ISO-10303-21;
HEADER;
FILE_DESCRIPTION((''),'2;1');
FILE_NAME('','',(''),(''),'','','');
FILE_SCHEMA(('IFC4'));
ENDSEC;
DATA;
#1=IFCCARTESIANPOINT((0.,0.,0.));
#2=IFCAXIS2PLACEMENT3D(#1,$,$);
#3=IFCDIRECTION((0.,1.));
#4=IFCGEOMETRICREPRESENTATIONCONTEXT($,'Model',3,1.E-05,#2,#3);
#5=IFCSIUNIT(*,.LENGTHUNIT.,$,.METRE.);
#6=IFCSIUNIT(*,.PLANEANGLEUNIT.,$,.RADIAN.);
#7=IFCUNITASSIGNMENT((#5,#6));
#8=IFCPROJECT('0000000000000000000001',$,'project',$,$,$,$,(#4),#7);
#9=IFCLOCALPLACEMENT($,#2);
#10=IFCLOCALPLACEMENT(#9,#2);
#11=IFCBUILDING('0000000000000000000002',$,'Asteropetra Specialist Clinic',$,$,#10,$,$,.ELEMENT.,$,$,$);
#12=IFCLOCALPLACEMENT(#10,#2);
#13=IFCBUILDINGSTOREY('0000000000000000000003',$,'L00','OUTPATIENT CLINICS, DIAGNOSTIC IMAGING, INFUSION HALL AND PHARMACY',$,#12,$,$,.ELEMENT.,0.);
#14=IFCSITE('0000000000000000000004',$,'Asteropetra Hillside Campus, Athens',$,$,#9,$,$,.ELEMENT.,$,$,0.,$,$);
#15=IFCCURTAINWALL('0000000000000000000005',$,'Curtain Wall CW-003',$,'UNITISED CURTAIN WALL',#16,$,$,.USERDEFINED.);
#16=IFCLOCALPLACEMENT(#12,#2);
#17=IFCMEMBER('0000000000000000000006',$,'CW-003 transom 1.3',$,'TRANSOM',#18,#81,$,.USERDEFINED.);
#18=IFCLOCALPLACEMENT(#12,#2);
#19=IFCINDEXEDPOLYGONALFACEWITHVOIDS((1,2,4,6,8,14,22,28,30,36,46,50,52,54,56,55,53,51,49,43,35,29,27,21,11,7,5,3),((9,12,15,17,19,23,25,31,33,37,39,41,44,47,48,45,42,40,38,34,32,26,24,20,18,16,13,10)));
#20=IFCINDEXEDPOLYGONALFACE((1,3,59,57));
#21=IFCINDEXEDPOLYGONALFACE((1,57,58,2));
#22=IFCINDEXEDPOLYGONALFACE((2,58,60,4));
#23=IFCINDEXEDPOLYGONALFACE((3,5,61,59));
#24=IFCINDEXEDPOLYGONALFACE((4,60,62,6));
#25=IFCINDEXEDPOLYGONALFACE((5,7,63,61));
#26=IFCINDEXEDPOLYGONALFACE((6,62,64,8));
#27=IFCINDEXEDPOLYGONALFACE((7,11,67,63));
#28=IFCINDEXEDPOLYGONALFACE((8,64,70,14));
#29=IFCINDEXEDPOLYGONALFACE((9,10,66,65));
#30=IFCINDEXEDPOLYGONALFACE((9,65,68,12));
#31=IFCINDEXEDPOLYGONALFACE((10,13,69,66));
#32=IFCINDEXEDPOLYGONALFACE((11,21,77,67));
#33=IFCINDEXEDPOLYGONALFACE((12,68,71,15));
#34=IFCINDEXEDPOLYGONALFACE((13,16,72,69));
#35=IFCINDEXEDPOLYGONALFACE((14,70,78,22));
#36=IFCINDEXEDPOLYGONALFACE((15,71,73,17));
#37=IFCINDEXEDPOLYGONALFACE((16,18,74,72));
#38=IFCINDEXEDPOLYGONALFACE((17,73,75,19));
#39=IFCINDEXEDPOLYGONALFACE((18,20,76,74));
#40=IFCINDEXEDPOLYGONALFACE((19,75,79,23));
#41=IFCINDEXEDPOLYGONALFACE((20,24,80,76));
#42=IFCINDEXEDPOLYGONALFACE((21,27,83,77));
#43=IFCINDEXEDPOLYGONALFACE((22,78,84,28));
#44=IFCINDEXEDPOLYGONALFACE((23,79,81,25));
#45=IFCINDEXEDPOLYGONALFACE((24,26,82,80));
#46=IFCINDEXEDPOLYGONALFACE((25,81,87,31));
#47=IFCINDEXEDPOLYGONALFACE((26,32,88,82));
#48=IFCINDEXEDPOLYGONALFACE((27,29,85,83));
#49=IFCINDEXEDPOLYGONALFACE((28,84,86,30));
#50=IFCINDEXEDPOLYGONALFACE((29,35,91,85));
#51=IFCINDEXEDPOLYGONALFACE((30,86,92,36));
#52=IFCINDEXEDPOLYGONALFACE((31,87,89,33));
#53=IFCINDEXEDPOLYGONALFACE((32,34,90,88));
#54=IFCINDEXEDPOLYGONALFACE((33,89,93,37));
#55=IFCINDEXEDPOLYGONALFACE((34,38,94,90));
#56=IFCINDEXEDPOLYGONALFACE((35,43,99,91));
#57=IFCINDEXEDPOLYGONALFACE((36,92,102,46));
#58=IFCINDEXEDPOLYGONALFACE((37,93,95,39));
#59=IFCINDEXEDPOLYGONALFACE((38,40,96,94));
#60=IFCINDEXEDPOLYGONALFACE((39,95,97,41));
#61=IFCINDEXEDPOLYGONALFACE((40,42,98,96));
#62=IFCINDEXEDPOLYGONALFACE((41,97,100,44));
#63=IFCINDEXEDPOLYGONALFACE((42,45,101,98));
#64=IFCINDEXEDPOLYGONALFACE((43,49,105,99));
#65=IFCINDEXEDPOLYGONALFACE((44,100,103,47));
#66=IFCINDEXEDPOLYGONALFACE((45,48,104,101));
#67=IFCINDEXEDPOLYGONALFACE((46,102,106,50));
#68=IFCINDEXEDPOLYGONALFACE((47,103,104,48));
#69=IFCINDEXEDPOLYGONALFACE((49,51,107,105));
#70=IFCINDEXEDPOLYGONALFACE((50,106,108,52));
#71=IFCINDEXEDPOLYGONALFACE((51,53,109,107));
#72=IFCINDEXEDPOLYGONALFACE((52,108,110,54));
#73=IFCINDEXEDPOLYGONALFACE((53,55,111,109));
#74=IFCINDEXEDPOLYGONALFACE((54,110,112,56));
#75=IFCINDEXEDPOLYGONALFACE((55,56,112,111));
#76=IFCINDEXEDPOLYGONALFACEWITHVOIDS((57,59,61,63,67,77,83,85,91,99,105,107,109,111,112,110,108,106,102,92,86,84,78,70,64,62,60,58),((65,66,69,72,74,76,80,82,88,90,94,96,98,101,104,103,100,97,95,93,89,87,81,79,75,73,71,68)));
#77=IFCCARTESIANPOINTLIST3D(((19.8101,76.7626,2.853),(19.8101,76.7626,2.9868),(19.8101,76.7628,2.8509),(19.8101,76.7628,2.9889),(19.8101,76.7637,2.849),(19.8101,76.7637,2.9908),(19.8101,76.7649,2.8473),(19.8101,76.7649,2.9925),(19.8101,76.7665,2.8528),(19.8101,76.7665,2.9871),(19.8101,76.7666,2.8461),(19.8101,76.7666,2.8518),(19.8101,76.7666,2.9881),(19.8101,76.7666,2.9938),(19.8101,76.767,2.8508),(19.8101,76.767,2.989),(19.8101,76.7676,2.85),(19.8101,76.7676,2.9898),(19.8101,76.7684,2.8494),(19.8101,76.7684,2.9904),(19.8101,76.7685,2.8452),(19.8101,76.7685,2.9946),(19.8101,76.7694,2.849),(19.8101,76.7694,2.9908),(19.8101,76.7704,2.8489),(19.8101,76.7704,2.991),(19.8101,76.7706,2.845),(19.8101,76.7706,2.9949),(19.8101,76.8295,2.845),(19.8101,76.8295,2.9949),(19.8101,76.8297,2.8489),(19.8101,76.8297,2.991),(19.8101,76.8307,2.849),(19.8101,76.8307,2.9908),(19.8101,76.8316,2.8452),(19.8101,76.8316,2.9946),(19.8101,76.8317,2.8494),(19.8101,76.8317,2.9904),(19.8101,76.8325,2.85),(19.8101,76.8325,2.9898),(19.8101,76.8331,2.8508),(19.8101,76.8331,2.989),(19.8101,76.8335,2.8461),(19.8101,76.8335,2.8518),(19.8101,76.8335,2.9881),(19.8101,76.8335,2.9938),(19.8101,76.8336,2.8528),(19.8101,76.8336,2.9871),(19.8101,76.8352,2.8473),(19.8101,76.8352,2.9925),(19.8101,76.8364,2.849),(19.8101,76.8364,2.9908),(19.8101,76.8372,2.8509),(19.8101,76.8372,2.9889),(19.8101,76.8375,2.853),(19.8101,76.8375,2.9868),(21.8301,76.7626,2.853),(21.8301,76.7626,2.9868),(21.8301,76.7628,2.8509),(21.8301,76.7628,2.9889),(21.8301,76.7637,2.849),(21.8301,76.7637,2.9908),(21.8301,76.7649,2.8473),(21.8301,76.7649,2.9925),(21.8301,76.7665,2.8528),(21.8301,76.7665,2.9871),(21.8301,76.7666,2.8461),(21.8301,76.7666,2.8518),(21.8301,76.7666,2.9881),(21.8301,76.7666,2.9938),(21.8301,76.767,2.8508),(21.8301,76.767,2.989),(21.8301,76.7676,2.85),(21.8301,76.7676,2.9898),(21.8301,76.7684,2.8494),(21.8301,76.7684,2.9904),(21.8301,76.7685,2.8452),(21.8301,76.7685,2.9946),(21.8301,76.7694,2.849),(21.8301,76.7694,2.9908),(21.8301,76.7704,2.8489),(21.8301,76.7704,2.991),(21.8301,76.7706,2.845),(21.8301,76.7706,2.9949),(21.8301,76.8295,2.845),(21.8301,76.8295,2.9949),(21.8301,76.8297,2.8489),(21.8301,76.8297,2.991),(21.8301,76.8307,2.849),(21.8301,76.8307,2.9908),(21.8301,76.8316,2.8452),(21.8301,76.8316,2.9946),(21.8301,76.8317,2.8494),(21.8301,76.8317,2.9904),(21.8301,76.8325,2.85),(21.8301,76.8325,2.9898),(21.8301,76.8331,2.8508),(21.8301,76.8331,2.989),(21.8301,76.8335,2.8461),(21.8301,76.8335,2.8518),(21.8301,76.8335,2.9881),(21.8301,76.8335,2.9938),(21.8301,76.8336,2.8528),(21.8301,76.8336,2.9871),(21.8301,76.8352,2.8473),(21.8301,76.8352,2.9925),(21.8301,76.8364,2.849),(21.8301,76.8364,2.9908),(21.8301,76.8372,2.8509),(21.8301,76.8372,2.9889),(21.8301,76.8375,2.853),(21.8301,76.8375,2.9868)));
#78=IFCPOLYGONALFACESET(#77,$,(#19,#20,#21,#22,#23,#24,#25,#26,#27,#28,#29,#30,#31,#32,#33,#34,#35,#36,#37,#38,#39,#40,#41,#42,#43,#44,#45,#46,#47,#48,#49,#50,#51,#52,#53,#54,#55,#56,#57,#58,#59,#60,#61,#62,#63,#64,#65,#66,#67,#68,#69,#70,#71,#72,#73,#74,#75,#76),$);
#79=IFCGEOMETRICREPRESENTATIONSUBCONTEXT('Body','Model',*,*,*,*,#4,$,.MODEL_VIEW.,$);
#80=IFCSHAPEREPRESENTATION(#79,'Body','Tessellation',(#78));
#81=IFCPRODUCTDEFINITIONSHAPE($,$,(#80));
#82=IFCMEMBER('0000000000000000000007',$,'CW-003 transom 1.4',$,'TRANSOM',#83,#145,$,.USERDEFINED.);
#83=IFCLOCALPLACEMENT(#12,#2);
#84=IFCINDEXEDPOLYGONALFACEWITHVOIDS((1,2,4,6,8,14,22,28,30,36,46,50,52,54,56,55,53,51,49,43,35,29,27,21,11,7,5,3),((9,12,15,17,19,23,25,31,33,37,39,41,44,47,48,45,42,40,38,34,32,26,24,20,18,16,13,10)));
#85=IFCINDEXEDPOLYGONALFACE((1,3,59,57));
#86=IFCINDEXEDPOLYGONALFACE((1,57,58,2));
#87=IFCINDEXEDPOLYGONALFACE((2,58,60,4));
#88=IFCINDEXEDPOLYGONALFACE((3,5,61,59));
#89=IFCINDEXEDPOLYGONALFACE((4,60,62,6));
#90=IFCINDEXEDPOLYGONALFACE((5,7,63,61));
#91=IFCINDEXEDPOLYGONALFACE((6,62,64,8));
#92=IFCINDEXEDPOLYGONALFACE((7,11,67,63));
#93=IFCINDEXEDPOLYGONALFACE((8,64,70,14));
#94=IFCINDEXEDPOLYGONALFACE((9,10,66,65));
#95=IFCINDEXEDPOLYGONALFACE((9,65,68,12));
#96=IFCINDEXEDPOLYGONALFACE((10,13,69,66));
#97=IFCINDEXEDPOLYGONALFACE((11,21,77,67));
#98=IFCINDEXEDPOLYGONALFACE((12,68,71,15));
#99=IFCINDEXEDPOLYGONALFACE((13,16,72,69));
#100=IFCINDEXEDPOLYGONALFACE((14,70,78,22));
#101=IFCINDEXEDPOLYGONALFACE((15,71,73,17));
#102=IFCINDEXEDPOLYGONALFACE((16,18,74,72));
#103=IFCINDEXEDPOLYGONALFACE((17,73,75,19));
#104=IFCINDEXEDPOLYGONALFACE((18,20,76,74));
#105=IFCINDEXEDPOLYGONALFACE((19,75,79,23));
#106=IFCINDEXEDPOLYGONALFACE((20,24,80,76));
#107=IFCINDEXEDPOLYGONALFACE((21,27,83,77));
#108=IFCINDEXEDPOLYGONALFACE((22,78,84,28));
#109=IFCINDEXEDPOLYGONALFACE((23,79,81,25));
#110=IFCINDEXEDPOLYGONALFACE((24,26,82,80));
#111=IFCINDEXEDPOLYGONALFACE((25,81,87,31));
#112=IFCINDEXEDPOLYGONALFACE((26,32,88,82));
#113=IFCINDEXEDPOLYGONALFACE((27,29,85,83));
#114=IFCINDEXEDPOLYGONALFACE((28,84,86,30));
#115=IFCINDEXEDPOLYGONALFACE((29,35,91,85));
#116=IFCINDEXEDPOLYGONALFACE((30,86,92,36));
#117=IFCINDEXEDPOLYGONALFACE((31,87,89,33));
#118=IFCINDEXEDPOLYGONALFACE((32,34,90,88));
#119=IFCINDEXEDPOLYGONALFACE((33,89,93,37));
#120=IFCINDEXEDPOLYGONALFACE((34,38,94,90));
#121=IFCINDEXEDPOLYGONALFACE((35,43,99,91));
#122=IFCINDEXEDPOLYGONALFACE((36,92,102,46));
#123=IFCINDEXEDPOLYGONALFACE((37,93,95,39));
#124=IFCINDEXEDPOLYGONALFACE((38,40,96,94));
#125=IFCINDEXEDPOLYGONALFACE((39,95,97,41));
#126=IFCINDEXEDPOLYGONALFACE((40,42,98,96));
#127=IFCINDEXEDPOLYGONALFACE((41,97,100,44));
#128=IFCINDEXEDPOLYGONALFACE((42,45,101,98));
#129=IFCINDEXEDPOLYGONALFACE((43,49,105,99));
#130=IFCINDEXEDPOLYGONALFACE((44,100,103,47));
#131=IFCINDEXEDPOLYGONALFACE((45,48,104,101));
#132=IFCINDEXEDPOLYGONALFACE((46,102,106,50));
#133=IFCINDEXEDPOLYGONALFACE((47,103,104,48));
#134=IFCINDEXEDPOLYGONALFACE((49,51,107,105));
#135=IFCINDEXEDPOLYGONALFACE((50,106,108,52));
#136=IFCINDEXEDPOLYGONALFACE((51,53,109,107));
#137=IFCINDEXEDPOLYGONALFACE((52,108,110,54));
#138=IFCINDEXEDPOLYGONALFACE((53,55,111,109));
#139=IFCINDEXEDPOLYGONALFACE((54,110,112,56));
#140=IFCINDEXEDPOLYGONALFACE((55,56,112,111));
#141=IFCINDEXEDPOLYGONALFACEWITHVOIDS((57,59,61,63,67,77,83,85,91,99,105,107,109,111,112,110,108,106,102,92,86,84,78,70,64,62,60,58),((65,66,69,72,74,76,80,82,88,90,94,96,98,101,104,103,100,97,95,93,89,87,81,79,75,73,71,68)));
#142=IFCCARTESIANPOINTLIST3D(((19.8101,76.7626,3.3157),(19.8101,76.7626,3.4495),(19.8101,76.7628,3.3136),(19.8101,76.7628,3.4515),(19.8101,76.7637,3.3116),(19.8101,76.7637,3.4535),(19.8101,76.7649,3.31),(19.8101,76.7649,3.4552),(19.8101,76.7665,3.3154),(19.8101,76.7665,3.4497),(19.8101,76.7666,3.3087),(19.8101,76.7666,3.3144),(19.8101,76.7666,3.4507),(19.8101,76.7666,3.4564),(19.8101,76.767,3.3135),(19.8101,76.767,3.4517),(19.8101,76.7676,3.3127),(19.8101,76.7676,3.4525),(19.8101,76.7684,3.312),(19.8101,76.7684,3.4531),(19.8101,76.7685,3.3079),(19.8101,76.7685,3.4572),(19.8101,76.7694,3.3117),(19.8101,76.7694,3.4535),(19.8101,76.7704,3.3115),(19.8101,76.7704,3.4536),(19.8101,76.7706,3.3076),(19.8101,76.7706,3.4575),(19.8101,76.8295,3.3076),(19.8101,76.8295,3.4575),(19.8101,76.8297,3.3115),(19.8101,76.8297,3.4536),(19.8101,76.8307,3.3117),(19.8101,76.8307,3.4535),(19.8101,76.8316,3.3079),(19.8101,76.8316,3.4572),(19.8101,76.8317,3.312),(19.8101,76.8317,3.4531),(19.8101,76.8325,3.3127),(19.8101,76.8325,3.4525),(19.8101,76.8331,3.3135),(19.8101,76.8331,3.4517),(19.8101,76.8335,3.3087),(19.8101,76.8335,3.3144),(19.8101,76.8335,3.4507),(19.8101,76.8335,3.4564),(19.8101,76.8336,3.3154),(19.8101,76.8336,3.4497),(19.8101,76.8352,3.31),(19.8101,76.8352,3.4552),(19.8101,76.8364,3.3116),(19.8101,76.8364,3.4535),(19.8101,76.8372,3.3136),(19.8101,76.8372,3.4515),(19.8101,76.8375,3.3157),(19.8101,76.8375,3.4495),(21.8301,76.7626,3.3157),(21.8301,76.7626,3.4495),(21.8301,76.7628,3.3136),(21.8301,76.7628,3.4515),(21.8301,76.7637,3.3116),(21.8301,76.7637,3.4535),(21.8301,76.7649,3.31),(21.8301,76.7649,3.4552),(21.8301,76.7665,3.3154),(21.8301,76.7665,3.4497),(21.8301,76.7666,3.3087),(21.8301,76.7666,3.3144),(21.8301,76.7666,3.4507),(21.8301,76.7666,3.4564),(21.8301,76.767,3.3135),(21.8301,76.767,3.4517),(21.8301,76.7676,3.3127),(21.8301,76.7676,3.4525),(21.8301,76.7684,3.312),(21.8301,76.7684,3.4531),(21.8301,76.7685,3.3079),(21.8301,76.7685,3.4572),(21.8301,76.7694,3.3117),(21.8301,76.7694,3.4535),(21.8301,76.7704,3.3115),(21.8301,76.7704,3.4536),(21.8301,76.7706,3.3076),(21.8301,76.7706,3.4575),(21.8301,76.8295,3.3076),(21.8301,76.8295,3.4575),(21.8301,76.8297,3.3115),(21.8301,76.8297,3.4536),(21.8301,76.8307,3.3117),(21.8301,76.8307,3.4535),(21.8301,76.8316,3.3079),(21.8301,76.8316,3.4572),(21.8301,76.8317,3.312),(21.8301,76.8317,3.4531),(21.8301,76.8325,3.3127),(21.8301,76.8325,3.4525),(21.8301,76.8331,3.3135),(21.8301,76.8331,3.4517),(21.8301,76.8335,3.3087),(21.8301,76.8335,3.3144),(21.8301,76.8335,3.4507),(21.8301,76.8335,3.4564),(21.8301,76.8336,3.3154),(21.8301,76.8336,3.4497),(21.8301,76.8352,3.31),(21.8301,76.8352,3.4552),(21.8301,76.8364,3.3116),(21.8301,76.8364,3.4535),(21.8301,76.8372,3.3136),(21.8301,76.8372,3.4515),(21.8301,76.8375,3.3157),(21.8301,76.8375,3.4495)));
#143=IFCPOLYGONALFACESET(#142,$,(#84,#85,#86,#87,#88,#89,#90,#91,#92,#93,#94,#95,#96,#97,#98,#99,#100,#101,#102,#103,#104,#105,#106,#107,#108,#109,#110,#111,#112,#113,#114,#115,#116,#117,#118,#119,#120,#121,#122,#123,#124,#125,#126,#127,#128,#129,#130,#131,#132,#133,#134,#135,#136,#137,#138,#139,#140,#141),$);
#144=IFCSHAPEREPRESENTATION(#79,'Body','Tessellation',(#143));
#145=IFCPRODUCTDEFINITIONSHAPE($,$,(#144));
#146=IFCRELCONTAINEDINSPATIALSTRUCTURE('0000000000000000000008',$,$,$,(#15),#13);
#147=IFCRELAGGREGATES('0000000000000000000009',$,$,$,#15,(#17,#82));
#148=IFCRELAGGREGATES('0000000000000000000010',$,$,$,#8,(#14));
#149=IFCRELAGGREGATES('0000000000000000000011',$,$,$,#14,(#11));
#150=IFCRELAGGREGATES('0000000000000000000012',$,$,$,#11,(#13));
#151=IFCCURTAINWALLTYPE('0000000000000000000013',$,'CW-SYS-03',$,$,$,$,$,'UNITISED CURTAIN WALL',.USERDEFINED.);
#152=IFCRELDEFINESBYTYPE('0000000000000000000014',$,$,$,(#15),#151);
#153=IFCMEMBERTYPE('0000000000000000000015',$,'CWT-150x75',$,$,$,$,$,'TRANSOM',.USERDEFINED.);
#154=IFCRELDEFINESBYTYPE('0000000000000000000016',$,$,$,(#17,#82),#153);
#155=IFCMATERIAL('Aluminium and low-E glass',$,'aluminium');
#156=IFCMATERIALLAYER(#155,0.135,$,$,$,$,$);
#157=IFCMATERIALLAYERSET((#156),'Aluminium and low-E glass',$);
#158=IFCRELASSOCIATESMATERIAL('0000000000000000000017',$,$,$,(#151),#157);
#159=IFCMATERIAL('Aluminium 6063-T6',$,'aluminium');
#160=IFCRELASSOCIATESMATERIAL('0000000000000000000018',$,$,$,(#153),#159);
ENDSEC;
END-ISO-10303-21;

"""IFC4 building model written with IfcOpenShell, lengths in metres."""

from ifc_helpers import new_model, si_unit, direction, frame, origin, origin_2d, place, context, subcontext, project, spatial, hollow_rectangle, extrude, material, layer, layer_set, material_profile, profile_set, type_object, element, aggregate, save


model = new_model("IFC4")

# Units and contexts
model_context = context("Model", 3, precision=1e-05, world=origin(), true_north=direction((0.0, 1.0)))
body_context = subcontext(model_context, "Body", "Model", "MODEL_VIEW")
ifc_project = project(units=[si_unit("LENGTHUNIT", "METRE"), si_unit("PLANEANGLEUNIT", "RADIAN")], contexts=[model_context])

# Site, building, storey
site_placement = place(None, origin())
site = spatial("IfcSite", under=ifc_project, at=site_placement, Name="Asteropetra Hillside Campus, Athens", CompositionType="ELEMENT", RefElevation=0.0)
building_placement = place(site_placement, origin())
building = spatial("IfcBuilding", under=site, at=building_placement, Name="Asteropetra Specialist Clinic", CompositionType="ELEMENT")
storey_placement = place(building_placement, origin())
storey = spatial("IfcBuildingStorey", under=building, at=storey_placement, Name="L00", Description="OUTPATIENT CLINICS, DIAGNOSTIC IMAGING, INFUSION HALL AND PHARMACY", CompositionType="ELEMENT", Elevation=0.0)

# Curtain wall, members
ifc_material_1 = material(Name="Aluminium and low-E glass", Category="aluminium")
ifc_layer_1 = layer(ifc_material_1, 0.135)
ifc_layer_set_1 = layer_set([ifc_layer_1], Name="Aluminium and low-E glass")
curtain_wall_type = type_object("IfcCurtainWallType", Name="CW-SYS-03", ElementType="UNITISED CURTAIN WALL", PredefinedType="USERDEFINED", material=ifc_layer_set_1)
curtain_wall_placement = place(storey_placement, origin())
curtain_wall = element("IfcCurtainWall", 1, at=curtain_wall_placement, inside=storey, type_object=curtain_wall_type, Name="Curtain Wall CW-003", ObjectType="UNITISED CURTAIN WALL", PredefinedType="USERDEFINED")
ifc_material_2 = material(Name="Aluminium 6063-T6", Category="aluminium")
ifc_material_profile_1 = material_profile(ifc_material_2, hollow_rectangle(XDim=0.075, YDim=0.1499, WallThickness=0.0039, InnerFilletRadius=0.0039, OuterFilletRadius=0.0081, at=origin_2d()), Name="TRN 150x75x4.0")
ifc_profile_set_1 = profile_set([ifc_material_profile_1], Name="Aluminium 6063-T6")
member_type_1 = type_object("IfcMemberType", Name="CWT-150x75", ElementType="TRANSOM", PredefinedType="USERDEFINED", material=ifc_profile_set_1)
member_1_placement = place(storey_placement, frame((19.8101, 76.8, 2.9199), z_axis=(1.0, 0.0, 0.0), x_axis=(0.0, 1.0, 0.0)))
member_1 = element("IfcMember", 2, at=member_1_placement, type_object=member_type_1, Name="CW-003 transom 1.3", ObjectType="TRANSOM", PredefinedType="USERDEFINED", context=body_context, shape_type="SweptSolid", body=[
    extrude(hollow_rectangle(XDim=0.075, YDim=0.1499, WallThickness=0.0039, InnerFilletRadius=0.0039, OuterFilletRadius=0.0081, at=origin_2d()), origin(), (0.0, 0.0, 1.0), 2.02),
])
member_2_placement = place(storey_placement, frame((19.8101, 76.8, 3.3826), z_axis=(1.0, 0.0, 0.0), x_axis=(0.0, 1.0, 0.0)))
member_2 = element("IfcMember", 3, at=member_2_placement, type_object=member_type_1, Name="CW-003 transom 1.4", ObjectType="TRANSOM", PredefinedType="USERDEFINED", context=body_context, shape_type="SweptSolid", body=[
    extrude(hollow_rectangle(XDim=0.075, YDim=0.1499, WallThickness=0.0039, InnerFilletRadius=0.0039, OuterFilletRadius=0.0081, at=origin_2d()), origin(), (0.0, 0.0, 1.0), 2.02),
])
aggregate(curtain_wall, [member_1, member_2])

save(model, "model.ifc")
